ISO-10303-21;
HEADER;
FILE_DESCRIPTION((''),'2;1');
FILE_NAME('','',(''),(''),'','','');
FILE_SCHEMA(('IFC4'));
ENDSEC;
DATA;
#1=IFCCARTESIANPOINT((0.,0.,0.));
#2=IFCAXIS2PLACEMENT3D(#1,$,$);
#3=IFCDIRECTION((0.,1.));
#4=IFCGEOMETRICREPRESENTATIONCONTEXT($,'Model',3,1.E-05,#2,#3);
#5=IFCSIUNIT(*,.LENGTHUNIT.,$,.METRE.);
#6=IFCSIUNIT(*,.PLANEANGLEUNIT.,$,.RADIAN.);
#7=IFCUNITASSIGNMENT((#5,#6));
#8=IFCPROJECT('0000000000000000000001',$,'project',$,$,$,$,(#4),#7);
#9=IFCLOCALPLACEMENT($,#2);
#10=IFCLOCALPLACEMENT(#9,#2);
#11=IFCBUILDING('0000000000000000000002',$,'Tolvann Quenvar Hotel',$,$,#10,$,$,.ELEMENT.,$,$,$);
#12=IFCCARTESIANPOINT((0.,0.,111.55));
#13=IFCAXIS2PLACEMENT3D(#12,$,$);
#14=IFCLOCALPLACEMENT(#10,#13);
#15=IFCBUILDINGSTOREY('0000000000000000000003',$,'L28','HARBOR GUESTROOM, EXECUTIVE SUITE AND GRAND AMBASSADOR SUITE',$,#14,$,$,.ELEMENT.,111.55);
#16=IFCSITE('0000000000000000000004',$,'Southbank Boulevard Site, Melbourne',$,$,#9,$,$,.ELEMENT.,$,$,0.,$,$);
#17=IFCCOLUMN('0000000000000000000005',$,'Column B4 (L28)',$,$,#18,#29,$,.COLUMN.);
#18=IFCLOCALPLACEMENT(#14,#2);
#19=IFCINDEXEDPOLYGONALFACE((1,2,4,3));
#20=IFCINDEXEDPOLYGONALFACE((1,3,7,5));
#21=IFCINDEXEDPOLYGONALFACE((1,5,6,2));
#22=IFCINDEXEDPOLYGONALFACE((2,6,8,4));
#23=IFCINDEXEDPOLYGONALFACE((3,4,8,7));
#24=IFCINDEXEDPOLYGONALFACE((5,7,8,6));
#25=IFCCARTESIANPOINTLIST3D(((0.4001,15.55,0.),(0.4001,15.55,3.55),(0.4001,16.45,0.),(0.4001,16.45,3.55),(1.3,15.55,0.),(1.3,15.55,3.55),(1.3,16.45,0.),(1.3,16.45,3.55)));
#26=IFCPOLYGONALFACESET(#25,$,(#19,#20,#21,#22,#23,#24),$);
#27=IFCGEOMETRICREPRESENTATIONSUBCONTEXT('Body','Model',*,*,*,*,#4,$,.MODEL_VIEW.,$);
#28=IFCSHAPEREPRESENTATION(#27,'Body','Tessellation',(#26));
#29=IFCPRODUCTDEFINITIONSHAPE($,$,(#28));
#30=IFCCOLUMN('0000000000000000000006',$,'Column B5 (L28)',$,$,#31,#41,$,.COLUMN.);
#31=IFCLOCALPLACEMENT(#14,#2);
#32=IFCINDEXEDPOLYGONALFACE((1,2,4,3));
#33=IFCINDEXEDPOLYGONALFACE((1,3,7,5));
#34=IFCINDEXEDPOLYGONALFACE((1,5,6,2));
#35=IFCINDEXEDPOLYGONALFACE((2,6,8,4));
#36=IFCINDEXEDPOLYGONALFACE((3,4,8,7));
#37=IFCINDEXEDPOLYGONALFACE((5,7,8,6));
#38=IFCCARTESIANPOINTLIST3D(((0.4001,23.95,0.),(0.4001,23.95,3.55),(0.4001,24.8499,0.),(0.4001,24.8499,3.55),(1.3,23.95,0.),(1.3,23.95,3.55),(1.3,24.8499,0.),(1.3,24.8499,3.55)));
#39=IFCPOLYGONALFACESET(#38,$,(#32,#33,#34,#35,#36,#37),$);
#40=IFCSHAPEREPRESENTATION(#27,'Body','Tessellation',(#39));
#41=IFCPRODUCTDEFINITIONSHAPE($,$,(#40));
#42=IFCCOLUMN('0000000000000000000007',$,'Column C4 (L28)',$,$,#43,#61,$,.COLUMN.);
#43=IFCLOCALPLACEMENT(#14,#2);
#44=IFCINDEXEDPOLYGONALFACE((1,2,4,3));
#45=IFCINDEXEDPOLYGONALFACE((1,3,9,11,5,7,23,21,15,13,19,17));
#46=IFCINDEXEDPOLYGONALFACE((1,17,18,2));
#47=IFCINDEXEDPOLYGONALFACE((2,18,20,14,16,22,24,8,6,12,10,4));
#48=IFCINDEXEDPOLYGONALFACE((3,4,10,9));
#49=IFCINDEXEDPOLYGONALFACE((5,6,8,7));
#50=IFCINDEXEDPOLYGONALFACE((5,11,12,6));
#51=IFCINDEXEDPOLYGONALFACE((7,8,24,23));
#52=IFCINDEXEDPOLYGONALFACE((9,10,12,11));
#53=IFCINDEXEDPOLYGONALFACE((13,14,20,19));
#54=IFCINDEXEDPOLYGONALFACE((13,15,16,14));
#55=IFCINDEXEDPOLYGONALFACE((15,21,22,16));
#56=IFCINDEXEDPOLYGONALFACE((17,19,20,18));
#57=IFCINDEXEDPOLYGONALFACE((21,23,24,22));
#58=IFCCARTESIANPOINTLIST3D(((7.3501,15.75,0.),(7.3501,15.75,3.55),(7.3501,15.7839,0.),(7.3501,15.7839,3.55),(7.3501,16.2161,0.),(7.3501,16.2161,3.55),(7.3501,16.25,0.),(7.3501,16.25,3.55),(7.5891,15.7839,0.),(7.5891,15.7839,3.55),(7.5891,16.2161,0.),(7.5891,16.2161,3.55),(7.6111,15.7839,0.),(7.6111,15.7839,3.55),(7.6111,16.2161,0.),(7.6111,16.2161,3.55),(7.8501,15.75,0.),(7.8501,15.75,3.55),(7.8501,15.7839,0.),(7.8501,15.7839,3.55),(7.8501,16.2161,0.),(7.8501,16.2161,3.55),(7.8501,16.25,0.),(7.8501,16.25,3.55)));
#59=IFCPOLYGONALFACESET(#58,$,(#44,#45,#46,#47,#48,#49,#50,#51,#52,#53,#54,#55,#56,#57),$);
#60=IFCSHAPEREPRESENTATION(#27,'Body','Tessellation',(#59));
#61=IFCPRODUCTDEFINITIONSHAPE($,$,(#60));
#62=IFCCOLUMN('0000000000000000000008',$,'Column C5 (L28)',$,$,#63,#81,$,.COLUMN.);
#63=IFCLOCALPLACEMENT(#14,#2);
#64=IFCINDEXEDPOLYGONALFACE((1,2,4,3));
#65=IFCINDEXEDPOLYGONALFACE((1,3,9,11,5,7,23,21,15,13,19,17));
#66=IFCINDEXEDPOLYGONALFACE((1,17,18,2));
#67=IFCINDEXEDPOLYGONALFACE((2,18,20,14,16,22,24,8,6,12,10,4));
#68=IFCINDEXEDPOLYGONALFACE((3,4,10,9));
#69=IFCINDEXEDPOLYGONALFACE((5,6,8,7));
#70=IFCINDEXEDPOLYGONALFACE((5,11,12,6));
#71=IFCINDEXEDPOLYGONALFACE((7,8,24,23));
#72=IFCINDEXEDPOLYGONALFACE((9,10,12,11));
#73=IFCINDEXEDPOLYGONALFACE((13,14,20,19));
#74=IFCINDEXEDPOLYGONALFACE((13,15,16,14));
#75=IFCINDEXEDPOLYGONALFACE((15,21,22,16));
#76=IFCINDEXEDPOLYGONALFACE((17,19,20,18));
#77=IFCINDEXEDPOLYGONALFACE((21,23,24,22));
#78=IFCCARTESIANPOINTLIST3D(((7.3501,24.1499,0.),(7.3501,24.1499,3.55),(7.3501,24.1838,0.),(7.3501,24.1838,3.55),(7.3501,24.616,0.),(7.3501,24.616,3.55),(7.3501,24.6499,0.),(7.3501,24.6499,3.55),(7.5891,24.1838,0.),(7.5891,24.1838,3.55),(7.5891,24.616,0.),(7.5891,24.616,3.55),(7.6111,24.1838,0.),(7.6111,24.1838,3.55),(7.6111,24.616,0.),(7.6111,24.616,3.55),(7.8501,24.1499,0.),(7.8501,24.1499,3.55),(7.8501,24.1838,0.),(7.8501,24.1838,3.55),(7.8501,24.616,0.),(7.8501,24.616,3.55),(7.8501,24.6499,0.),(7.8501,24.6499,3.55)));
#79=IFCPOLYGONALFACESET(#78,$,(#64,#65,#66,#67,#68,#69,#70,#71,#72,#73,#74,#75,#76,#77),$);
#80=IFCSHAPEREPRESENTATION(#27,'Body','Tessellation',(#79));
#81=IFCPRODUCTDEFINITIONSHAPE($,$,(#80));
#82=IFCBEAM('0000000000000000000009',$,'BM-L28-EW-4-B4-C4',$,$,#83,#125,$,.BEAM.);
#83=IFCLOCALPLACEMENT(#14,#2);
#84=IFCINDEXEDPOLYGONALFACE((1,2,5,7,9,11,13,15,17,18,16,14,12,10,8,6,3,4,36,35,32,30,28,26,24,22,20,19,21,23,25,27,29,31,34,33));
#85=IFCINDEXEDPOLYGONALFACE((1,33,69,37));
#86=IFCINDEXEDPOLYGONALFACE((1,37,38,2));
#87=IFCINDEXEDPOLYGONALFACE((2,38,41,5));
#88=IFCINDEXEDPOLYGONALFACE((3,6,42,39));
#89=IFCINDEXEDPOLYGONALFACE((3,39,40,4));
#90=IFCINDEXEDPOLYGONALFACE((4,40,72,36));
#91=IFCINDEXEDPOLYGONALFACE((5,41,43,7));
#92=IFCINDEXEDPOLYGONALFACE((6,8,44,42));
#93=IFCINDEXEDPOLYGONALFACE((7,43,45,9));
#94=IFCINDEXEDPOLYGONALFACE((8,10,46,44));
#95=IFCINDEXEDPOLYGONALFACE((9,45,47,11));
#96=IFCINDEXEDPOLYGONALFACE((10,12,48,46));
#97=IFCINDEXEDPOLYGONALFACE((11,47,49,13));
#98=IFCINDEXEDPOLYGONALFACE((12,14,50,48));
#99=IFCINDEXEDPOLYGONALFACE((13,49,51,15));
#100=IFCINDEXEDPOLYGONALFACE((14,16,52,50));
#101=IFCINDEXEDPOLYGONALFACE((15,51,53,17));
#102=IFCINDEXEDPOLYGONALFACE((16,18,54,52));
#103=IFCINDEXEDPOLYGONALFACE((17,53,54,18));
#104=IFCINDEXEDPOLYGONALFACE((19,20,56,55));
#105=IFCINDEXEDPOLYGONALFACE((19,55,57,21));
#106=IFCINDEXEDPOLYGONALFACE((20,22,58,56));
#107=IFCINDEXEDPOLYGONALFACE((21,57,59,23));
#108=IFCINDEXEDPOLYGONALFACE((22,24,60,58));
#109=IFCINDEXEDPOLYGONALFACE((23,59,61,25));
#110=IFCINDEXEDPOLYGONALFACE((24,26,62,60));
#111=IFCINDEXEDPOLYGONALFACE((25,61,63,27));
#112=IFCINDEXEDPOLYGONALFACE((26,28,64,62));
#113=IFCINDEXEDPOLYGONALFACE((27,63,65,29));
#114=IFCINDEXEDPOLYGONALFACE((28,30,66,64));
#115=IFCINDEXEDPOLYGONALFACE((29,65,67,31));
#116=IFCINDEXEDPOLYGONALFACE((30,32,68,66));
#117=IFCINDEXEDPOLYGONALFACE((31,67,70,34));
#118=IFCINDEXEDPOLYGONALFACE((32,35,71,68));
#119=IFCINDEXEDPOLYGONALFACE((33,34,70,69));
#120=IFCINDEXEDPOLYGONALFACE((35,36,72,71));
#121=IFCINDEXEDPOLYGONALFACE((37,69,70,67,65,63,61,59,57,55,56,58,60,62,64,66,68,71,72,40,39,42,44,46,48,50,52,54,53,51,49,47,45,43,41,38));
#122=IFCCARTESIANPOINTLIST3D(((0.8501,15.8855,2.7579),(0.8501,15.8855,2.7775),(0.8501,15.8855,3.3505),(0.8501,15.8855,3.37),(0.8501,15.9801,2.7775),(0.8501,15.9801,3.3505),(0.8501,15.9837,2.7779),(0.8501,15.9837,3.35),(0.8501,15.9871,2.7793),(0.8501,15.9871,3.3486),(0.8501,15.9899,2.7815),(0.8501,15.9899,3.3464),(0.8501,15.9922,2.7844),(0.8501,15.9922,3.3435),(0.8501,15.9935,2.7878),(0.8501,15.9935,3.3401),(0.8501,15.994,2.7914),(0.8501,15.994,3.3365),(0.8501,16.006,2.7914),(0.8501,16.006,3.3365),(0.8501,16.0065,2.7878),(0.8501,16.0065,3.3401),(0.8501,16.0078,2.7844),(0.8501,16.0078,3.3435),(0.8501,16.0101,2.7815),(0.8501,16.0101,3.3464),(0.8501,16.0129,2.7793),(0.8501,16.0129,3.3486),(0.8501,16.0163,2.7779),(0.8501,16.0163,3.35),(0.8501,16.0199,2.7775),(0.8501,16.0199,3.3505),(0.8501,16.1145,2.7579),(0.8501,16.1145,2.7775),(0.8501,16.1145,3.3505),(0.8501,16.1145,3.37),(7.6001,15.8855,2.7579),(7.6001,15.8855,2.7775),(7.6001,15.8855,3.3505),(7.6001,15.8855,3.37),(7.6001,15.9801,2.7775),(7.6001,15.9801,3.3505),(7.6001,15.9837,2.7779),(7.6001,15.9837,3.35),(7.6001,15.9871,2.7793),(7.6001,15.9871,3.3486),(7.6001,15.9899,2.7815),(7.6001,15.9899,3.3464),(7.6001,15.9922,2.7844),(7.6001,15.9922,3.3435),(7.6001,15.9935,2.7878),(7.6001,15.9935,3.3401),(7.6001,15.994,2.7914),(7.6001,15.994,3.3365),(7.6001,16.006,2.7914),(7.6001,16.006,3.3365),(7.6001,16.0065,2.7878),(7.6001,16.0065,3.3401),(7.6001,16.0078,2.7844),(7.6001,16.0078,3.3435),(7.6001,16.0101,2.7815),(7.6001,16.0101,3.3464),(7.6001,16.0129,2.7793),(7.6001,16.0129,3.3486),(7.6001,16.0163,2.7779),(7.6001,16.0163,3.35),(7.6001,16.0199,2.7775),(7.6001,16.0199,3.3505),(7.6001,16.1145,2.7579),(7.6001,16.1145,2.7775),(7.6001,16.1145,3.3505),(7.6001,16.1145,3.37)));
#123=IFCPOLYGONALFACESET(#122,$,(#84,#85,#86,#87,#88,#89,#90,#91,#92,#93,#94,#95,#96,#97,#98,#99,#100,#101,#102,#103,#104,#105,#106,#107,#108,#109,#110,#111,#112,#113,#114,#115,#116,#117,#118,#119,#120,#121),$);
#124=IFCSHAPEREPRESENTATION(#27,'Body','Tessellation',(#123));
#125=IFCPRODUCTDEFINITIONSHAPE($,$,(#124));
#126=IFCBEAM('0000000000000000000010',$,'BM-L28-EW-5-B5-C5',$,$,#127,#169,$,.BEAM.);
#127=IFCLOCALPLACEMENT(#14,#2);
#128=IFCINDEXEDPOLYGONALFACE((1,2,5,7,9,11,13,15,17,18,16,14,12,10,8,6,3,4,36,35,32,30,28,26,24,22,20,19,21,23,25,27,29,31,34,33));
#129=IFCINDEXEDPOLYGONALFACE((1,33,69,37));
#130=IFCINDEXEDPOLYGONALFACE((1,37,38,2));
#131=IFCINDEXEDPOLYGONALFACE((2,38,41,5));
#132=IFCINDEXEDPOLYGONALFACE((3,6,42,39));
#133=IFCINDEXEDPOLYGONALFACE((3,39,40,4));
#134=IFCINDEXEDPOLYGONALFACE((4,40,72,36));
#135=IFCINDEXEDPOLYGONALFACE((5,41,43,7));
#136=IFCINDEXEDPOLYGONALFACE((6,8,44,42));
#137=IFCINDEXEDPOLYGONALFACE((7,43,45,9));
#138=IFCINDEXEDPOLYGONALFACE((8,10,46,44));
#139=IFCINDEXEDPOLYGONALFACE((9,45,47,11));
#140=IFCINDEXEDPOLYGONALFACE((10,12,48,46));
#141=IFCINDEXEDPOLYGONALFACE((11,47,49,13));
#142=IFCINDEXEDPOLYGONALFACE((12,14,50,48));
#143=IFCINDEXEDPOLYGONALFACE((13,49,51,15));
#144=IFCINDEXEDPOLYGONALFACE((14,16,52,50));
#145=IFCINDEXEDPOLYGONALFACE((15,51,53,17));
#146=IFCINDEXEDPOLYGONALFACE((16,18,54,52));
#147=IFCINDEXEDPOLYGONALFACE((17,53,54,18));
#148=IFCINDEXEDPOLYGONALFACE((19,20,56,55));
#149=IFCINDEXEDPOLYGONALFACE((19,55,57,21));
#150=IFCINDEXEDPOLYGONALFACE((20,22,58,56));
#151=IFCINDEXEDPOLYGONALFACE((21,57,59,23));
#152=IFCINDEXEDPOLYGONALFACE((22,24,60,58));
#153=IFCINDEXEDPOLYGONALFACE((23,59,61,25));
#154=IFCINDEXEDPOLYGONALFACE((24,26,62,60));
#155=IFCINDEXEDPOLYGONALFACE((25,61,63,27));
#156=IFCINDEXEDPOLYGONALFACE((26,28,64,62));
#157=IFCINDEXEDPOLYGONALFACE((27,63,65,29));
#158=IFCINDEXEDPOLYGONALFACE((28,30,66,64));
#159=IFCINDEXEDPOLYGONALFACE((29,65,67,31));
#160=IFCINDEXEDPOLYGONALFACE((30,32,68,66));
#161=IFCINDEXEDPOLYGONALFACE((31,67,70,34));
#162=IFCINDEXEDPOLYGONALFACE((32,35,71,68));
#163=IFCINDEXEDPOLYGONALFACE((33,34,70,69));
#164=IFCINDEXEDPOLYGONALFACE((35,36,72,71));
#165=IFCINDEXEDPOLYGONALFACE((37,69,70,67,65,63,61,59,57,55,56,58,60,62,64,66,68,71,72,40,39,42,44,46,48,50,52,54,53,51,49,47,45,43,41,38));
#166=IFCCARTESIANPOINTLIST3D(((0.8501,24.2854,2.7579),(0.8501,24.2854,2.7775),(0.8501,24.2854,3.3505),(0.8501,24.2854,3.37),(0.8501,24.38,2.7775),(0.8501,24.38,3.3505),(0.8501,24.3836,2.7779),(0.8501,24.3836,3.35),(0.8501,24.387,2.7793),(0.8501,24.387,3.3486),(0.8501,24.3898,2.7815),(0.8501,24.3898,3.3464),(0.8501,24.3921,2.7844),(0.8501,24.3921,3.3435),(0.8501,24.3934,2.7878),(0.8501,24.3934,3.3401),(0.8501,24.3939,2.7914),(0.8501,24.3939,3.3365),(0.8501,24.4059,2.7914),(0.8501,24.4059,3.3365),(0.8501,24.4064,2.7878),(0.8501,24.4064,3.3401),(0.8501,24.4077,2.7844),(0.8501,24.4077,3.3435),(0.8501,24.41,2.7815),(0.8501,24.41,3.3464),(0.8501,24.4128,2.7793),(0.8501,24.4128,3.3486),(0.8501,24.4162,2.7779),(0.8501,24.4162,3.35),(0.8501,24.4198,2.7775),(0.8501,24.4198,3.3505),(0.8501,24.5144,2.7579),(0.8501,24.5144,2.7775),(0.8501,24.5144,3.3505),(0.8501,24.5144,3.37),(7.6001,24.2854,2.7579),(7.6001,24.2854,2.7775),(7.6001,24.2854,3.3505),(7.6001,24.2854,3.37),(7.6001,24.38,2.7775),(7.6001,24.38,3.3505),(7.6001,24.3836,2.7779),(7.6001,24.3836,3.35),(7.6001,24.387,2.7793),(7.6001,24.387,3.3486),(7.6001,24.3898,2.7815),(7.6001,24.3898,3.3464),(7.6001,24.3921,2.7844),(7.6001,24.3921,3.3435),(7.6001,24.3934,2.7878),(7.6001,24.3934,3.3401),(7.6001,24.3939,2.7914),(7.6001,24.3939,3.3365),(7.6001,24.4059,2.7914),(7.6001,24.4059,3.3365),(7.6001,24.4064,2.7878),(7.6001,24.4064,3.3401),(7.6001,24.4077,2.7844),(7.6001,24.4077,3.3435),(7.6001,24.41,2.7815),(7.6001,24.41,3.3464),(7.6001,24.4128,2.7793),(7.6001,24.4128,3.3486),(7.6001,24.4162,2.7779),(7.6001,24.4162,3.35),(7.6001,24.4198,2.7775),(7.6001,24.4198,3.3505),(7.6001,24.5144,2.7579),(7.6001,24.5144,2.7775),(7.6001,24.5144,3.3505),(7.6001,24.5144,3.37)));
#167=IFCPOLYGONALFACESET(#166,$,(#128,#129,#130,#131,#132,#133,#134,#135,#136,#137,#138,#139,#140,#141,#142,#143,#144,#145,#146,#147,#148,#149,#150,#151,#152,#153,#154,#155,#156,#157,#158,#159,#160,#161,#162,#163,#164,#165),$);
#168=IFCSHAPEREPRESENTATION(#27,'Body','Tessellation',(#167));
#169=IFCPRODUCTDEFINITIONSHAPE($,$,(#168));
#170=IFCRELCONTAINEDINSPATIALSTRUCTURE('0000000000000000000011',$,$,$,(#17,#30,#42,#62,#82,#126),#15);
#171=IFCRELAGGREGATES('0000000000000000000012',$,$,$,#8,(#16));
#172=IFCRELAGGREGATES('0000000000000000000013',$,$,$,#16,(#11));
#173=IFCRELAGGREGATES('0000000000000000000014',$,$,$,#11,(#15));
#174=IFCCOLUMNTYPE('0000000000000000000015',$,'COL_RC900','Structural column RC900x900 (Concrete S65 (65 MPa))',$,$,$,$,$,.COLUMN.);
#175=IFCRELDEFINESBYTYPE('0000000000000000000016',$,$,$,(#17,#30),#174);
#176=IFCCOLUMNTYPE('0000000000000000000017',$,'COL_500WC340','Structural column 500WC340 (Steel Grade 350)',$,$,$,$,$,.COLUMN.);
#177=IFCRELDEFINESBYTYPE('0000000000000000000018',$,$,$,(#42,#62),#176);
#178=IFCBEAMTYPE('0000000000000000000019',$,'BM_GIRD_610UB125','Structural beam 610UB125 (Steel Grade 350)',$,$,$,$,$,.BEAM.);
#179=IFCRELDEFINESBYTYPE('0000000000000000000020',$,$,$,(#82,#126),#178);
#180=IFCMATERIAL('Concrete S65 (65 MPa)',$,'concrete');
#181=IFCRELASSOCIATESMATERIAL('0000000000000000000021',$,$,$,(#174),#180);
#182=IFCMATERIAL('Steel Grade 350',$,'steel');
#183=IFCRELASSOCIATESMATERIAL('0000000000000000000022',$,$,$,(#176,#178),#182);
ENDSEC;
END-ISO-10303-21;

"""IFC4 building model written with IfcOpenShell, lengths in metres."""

from ifc_helpers import new_model, si_unit, direction, frame, origin, origin_2d, place, context, subcontext, project, spatial, rectangle, i_section, extrude, source, transform, mapped, material, material_profile, profile_set, type_object, type_shapes, element, save


model = new_model("IFC4")

# Units and contexts
model_context = context("Model", 3, precision=1e-05, world=origin(), true_north=direction((0.0, 1.0)))
body_context = subcontext(model_context, "Body", "Model", "MODEL_VIEW")
ifc_project = project(units=[si_unit("LENGTHUNIT", "METRE"), si_unit("PLANEANGLEUNIT", "RADIAN")], contexts=[model_context])

# Site, building, storey
site_placement = place(None, origin())
site = spatial("IfcSite", under=ifc_project, at=site_placement, Name="Southbank Boulevard Site, Melbourne", CompositionType="ELEMENT", RefElevation=0.0)
building_placement = place(site_placement, origin())
building = spatial("IfcBuilding", under=site, at=building_placement, Name="Tolvann Quenvar Hotel", CompositionType="ELEMENT")
storey_placement = place(building_placement, frame((0.0, 0.0, 111.55)))
storey = spatial("IfcBuildingStorey", under=building, at=storey_placement, Name="L28", Description="HARBOR GUESTROOM, EXECUTIVE SUITE AND GRAND AMBASSADOR SUITE", CompositionType="ELEMENT", Elevation=111.55)

# Columns
ifc_material_1 = material(Name="Concrete S65 (65 MPa)", Category="concrete")
ifc_material_profile_1 = material_profile(ifc_material_1, rectangle(XDim=0.8999, YDim=0.8999, at=origin_2d()), Name="RC900x900")
ifc_profile_set_1 = profile_set([ifc_material_profile_1], Name="Concrete S65 (65 MPa)")
column_type_1 = type_object("IfcColumnType", Name="COL_RC900", Description="Structural column RC900x900 (Concrete S65 (65 MPa))", PredefinedType="COLUMN", material=ifc_profile_set_1)
shared_shape_1 = source(origin(), body_context, "Body", "SweptSolid", [
    extrude(rectangle(XDim=0.8999, YDim=0.8999, at=origin_2d()), origin(), (0.0, 0.0, 1.0), 3.55),
])
type_shapes(column_type_1, [shared_shape_1])
for number, where, z_axis, x_axis, name in (
    (1, (0.8501, 16.0, 0.0), (0.0, 0.0, 1.0), (1.0, 0.0, 0.0), "Column B4 (L28)"),
    (2, (0.8501, 24.3999, 0.0), (0.0, 0.0, 1.0), (1.0, 0.0, 0.0), "Column B5 (L28)"),
):
    element("IfcColumn", number, at=place(storey_placement, frame(where, z_axis=z_axis, x_axis=x_axis)), inside=storey, type_object=column_type_1, Name=name, PredefinedType="COLUMN", context=body_context, shape_type="MappedRepresentation", body=[
        mapped(shared_shape_1, transform((0.0, 0.0, 0.0), x_axis=(1.0, 0.0, 0.0), y_axis=(0.0, 1.0, 0.0), z_axis=(0.0, 0.0, 1.0), scale=1.0)),
    ])
ifc_material_2 = material(Name="Steel Grade 350", Category="steel")
ifc_material_profile_2 = material_profile(ifc_material_2, i_section(OverallWidth=0.5, OverallDepth=0.5, WebThickness=0.022, FlangeThickness=0.0339, at=origin_2d()), Name="500WC340")
ifc_profile_set_2 = profile_set([ifc_material_profile_2], Name="Steel Grade 350")
column_type_2 = type_object("IfcColumnType", Name="COL_500WC340", Description="Structural column 500WC340 (Steel Grade 350)", PredefinedType="COLUMN", material=ifc_profile_set_2)
shared_shape_2 = source(origin(), body_context, "Body", "SweptSolid", [
    extrude(i_section(OverallWidth=0.5, OverallDepth=0.5, WebThickness=0.022, FlangeThickness=0.0339, at=origin_2d()), origin(), (0.0, 0.0, 1.0), 3.55),
])
type_shapes(column_type_2, [shared_shape_2])
for number, where, z_axis, x_axis, name in (
    (3, (7.6001, 16.0, 0.0), (0.0, 0.0, 1.0), (1.0, 0.0, 0.0), "Column C4 (L28)"),
    (4, (7.6001, 24.3999, 0.0), (0.0, 0.0, 1.0), (1.0, 0.0, 0.0), "Column C5 (L28)"),
):
    element("IfcColumn", number, at=place(storey_placement, frame(where, z_axis=z_axis, x_axis=x_axis)), inside=storey, type_object=column_type_2, Name=name, PredefinedType="COLUMN", context=body_context, shape_type="MappedRepresentation", body=[
        mapped(shared_shape_2, transform((0.0, 0.0, 0.0), x_axis=(1.0, 0.0, 0.0), y_axis=(0.0, 1.0, 0.0), z_axis=(0.0, 0.0, 1.0), scale=1.0)),
    ])

# Beams
ifc_material_profile_3 = material_profile(ifc_material_2, i_section(OverallWidth=0.229, OverallDepth=0.6121, WebThickness=0.012, FlangeThickness=0.0195, FilletRadius=0.0139, at=origin_2d()), Name="610UB125")
ifc_profile_set_3 = profile_set([ifc_material_profile_3], Name="Steel Grade 350")
beam_type_1 = type_object("IfcBeamType", Name="BM_GIRD_610UB125", Description="Structural beam 610UB125 (Steel Grade 350)", PredefinedType="BEAM", material=ifc_profile_set_3)
shared_shape_3 = source(origin(), body_context, "Body", "SweptSolid", [
    extrude(i_section(OverallWidth=0.229, OverallDepth=0.6121, WebThickness=0.012, FlangeThickness=0.0195, FilletRadius=0.0139, at=origin_2d()), origin(), (0.0, 0.0, 1.0), 6.75),
])
for number, where, z_axis, x_axis, name in (
    (5, (0.8501, 16.0, 3.064), (1.0, 0.0, 0.0), (0.0, 1.0, 0.0), "BM-L28-EW-4-B4-C4"),
    (6, (0.8501, 24.3999, 3.064), (1.0, 0.0, 0.0), (0.0, 1.0, 0.0), "BM-L28-EW-5-B5-C5"),
):
    element("IfcBeam", number, at=place(storey_placement, frame(where, z_axis=z_axis, x_axis=x_axis)), inside=storey, type_object=beam_type_1, Name=name, PredefinedType="BEAM", context=body_context, shape_type="MappedRepresentation", body=[
        mapped(shared_shape_3, transform((0.0, 0.0, 0.0), x_axis=(1.0, 0.0, 0.0), y_axis=(0.0, 1.0, 0.0), z_axis=(0.0, 0.0, 1.0), scale=1.0)),
    ])

save(model, "model.ifc")
